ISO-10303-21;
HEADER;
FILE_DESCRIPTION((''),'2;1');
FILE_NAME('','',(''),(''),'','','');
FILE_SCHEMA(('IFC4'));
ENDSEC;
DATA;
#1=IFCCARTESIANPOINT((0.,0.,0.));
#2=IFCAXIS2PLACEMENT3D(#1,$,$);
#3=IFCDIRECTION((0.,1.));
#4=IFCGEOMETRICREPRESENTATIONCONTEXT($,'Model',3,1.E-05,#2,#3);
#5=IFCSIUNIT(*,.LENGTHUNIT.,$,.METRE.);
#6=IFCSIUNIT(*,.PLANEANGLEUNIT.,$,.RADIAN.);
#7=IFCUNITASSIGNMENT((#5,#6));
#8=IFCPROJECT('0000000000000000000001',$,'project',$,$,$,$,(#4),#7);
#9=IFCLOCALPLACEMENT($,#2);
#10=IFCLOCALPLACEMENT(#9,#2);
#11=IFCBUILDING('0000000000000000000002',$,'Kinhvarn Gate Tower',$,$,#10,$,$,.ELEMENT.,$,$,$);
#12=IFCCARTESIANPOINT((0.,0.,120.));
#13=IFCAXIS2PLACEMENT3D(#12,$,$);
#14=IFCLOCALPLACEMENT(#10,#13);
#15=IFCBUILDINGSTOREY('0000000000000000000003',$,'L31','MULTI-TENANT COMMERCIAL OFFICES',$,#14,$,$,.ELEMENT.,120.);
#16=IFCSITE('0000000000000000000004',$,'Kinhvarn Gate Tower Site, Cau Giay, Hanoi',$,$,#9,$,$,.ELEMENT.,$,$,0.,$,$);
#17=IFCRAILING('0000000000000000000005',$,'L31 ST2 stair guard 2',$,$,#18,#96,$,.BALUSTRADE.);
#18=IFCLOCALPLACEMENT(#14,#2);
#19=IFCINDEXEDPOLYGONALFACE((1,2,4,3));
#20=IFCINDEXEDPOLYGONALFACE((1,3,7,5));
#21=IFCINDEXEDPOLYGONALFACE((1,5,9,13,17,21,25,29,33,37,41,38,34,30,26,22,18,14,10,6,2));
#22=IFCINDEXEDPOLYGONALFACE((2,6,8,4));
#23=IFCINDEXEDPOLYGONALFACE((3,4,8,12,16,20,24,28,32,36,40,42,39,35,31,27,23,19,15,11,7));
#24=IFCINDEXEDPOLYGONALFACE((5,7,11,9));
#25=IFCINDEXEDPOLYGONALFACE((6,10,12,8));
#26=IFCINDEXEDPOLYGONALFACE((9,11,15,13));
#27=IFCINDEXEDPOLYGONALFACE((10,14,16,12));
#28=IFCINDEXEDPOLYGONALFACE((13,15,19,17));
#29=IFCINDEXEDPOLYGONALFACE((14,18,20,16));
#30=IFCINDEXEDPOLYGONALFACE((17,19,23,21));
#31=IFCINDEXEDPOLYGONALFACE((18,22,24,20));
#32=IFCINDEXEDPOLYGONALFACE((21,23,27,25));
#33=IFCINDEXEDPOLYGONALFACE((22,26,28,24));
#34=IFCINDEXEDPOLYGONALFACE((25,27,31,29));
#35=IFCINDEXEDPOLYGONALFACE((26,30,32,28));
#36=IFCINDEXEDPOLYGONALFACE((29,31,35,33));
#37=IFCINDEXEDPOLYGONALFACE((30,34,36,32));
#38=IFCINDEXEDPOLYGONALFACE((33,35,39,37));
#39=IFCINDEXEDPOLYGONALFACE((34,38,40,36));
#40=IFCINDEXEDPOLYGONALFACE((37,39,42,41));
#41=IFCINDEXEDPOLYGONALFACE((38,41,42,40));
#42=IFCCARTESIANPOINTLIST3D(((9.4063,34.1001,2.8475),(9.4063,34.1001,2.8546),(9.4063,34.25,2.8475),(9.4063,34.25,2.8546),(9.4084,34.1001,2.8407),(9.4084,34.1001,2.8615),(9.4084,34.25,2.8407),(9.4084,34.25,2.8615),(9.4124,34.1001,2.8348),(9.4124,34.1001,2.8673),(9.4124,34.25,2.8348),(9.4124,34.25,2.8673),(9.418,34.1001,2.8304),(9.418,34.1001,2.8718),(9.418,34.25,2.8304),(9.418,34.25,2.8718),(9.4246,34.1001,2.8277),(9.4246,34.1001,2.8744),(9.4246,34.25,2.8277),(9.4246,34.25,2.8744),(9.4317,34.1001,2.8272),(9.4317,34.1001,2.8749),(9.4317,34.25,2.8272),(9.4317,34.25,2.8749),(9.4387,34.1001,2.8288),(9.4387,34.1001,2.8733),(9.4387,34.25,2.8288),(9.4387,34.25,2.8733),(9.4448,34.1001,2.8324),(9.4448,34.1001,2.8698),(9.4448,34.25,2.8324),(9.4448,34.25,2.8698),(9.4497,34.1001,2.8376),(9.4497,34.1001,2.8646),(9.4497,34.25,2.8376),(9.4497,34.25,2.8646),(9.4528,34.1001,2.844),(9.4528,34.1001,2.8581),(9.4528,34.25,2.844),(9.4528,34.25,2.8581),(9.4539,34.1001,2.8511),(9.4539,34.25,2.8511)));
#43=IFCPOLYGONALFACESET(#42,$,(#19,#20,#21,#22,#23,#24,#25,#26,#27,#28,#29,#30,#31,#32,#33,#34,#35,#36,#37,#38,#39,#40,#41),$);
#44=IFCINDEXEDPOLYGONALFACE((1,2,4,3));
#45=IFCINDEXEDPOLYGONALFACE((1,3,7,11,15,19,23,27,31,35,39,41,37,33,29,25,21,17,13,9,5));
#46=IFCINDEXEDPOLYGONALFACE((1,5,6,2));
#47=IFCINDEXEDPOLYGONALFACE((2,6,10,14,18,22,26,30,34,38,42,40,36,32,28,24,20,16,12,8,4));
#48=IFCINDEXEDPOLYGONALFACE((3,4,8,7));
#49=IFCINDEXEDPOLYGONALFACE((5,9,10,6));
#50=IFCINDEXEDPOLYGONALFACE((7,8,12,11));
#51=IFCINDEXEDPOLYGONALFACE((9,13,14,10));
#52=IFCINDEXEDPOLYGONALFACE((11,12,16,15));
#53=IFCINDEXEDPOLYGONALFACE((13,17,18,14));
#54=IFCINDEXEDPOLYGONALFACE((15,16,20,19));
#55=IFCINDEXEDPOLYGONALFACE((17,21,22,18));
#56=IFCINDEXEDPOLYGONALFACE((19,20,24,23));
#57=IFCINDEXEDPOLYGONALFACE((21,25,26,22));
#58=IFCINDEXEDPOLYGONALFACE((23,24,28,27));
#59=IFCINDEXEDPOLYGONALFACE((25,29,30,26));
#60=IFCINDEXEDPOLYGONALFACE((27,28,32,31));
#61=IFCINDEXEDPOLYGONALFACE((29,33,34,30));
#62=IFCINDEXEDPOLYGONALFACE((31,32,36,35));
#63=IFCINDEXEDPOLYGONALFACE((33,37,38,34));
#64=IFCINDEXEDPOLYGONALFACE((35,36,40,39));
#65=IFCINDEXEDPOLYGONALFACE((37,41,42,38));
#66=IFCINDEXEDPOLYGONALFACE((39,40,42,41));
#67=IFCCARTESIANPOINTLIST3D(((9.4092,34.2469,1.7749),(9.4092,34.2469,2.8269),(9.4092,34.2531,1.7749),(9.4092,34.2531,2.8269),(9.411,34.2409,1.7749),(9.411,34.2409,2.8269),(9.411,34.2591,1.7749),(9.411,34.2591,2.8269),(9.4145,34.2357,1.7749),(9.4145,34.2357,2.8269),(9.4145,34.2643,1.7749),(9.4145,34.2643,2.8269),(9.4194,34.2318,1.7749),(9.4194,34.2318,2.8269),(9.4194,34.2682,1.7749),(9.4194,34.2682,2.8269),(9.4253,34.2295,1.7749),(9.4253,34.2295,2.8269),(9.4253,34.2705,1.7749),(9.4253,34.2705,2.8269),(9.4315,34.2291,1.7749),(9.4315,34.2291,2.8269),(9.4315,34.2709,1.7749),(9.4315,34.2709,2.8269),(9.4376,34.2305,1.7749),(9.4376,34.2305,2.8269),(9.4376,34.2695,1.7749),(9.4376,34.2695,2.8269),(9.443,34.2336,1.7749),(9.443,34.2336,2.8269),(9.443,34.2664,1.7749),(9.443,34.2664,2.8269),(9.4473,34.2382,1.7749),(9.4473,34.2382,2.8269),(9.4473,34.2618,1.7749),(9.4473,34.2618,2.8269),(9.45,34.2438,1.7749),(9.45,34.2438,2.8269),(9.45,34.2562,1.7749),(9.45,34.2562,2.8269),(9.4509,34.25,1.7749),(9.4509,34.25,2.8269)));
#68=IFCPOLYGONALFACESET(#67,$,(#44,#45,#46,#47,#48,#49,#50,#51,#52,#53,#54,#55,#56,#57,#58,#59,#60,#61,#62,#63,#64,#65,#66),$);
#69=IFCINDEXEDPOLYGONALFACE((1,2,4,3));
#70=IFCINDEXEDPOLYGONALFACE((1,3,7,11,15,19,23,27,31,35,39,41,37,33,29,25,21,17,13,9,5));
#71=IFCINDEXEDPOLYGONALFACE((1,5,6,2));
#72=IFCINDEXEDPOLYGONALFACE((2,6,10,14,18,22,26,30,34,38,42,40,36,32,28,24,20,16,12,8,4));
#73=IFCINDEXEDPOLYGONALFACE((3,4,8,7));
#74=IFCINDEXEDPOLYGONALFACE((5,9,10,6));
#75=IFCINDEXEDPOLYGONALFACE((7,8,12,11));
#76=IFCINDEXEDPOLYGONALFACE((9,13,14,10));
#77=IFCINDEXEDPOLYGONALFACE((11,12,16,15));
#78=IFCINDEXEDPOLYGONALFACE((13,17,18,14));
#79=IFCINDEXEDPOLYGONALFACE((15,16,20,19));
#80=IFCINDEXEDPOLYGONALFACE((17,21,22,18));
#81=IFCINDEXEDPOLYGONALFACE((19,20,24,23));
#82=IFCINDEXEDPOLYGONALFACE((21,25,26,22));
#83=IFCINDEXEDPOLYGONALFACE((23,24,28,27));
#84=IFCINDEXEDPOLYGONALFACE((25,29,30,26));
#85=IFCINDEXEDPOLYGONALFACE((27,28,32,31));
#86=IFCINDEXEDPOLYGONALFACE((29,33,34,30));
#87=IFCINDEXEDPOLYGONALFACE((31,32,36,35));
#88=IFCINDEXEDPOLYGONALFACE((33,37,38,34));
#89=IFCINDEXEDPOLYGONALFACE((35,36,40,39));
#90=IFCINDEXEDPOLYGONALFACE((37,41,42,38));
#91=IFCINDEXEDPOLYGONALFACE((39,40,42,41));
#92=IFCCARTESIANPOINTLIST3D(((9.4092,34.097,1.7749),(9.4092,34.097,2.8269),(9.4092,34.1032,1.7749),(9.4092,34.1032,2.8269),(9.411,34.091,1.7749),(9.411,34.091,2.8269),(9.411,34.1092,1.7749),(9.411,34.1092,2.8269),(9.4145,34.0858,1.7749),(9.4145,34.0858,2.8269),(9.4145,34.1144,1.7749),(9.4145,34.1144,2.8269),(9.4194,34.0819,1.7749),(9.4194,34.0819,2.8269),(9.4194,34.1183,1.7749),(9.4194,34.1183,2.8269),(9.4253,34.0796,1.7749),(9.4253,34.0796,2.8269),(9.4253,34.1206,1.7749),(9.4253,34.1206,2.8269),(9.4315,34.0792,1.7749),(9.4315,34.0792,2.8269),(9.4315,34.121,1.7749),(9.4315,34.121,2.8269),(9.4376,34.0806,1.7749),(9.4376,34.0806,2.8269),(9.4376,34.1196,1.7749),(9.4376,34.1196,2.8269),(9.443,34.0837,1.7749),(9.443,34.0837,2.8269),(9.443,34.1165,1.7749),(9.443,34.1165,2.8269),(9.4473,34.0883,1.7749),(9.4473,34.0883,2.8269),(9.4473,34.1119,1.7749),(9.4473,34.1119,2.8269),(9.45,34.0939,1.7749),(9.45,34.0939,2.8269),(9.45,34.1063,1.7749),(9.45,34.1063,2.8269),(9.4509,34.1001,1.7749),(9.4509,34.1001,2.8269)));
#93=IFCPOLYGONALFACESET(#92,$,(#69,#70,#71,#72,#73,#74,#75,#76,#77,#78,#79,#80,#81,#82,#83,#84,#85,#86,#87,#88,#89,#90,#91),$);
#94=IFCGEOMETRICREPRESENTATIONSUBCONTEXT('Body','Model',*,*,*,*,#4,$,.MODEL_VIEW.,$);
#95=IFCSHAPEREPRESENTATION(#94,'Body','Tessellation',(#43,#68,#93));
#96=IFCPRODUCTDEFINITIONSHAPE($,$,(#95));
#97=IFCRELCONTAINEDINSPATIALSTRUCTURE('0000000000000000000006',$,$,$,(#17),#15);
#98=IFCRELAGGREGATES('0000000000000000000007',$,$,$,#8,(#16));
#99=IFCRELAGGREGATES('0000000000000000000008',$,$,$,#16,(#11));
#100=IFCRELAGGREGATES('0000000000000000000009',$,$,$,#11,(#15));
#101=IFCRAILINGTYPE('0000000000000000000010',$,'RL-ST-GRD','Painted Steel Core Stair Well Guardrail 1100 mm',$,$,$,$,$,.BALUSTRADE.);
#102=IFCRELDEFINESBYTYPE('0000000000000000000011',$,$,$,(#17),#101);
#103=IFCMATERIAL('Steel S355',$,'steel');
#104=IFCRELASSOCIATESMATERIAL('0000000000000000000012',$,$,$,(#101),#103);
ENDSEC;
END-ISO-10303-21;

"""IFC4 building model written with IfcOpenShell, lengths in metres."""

from ifc_helpers import new_model, si_unit, direction, frame, origin, origin_2d, place, context, subcontext, project, spatial, circle, extrude, material, type_object, element, save


model = new_model("IFC4")

# Units and contexts
model_context = context("Model", 3, precision=1e-05, world=origin(), true_north=direction((0.0, 1.0)))
body_context = subcontext(model_context, "Body", "Model", "MODEL_VIEW")
ifc_project = project(units=[si_unit("LENGTHUNIT", "METRE"), si_unit("PLANEANGLEUNIT", "RADIAN")], contexts=[model_context])

# Site, building, storey
site_placement = place(None, origin())
site = spatial("IfcSite", under=ifc_project, at=site_placement, Name="Kinhvarn Gate Tower Site, Cau Giay, Hanoi", CompositionType="ELEMENT", RefElevation=0.0)
building_placement = place(site_placement, origin())
building = spatial("IfcBuilding", under=site, at=building_placement, Name="Kinhvarn Gate Tower", CompositionType="ELEMENT")
storey_placement = place(building_placement, frame((0.0, 0.0, 120.0)))
storey = spatial("IfcBuildingStorey", under=building, at=storey_placement, Name="L31", Description="MULTI-TENANT COMMERCIAL OFFICES", CompositionType="ELEMENT", Elevation=120.0)

# Shared definitions
ifc_material_1 = material(Name="Steel S355", Category="steel")

# Railing
railing_type_1 = type_object("IfcRailingType", Name="RL-ST-GRD", Description="Painted Steel Core Stair Well Guardrail 1100 mm", PredefinedType="BALUSTRADE", material=ifc_material_1)
railing_1_placement = place(storey_placement, frame((9.4299, 34.25, 1.7749)))
element("IfcRailing", 1, at=railing_1_placement, inside=storey, type_object=railing_type_1, Name="L31 ST2 stair guard 2", PredefinedType="BALUSTRADE", context=body_context, shape_type="SweptSolid", body=[
    extrude(circle(Radius=0.0239, at=origin_2d()), frame((0.0, 0.0, 1.0762), z_axis=(0.0, -1.0, 0.0), x_axis=(1.0, 0.0, 0.0)), (0.0, 0.0, 1.0), 0.1499),
    extrude(circle(Radius=0.021, at=origin_2d()), origin(), (0.0, 0.0, 1.0), 1.052),
    extrude(circle(Radius=0.021, at=origin_2d()), frame((0.0, -0.1499, 0.0)), (0.0, 0.0, 1.0), 1.052),
])

save(model, "model.ifc")
